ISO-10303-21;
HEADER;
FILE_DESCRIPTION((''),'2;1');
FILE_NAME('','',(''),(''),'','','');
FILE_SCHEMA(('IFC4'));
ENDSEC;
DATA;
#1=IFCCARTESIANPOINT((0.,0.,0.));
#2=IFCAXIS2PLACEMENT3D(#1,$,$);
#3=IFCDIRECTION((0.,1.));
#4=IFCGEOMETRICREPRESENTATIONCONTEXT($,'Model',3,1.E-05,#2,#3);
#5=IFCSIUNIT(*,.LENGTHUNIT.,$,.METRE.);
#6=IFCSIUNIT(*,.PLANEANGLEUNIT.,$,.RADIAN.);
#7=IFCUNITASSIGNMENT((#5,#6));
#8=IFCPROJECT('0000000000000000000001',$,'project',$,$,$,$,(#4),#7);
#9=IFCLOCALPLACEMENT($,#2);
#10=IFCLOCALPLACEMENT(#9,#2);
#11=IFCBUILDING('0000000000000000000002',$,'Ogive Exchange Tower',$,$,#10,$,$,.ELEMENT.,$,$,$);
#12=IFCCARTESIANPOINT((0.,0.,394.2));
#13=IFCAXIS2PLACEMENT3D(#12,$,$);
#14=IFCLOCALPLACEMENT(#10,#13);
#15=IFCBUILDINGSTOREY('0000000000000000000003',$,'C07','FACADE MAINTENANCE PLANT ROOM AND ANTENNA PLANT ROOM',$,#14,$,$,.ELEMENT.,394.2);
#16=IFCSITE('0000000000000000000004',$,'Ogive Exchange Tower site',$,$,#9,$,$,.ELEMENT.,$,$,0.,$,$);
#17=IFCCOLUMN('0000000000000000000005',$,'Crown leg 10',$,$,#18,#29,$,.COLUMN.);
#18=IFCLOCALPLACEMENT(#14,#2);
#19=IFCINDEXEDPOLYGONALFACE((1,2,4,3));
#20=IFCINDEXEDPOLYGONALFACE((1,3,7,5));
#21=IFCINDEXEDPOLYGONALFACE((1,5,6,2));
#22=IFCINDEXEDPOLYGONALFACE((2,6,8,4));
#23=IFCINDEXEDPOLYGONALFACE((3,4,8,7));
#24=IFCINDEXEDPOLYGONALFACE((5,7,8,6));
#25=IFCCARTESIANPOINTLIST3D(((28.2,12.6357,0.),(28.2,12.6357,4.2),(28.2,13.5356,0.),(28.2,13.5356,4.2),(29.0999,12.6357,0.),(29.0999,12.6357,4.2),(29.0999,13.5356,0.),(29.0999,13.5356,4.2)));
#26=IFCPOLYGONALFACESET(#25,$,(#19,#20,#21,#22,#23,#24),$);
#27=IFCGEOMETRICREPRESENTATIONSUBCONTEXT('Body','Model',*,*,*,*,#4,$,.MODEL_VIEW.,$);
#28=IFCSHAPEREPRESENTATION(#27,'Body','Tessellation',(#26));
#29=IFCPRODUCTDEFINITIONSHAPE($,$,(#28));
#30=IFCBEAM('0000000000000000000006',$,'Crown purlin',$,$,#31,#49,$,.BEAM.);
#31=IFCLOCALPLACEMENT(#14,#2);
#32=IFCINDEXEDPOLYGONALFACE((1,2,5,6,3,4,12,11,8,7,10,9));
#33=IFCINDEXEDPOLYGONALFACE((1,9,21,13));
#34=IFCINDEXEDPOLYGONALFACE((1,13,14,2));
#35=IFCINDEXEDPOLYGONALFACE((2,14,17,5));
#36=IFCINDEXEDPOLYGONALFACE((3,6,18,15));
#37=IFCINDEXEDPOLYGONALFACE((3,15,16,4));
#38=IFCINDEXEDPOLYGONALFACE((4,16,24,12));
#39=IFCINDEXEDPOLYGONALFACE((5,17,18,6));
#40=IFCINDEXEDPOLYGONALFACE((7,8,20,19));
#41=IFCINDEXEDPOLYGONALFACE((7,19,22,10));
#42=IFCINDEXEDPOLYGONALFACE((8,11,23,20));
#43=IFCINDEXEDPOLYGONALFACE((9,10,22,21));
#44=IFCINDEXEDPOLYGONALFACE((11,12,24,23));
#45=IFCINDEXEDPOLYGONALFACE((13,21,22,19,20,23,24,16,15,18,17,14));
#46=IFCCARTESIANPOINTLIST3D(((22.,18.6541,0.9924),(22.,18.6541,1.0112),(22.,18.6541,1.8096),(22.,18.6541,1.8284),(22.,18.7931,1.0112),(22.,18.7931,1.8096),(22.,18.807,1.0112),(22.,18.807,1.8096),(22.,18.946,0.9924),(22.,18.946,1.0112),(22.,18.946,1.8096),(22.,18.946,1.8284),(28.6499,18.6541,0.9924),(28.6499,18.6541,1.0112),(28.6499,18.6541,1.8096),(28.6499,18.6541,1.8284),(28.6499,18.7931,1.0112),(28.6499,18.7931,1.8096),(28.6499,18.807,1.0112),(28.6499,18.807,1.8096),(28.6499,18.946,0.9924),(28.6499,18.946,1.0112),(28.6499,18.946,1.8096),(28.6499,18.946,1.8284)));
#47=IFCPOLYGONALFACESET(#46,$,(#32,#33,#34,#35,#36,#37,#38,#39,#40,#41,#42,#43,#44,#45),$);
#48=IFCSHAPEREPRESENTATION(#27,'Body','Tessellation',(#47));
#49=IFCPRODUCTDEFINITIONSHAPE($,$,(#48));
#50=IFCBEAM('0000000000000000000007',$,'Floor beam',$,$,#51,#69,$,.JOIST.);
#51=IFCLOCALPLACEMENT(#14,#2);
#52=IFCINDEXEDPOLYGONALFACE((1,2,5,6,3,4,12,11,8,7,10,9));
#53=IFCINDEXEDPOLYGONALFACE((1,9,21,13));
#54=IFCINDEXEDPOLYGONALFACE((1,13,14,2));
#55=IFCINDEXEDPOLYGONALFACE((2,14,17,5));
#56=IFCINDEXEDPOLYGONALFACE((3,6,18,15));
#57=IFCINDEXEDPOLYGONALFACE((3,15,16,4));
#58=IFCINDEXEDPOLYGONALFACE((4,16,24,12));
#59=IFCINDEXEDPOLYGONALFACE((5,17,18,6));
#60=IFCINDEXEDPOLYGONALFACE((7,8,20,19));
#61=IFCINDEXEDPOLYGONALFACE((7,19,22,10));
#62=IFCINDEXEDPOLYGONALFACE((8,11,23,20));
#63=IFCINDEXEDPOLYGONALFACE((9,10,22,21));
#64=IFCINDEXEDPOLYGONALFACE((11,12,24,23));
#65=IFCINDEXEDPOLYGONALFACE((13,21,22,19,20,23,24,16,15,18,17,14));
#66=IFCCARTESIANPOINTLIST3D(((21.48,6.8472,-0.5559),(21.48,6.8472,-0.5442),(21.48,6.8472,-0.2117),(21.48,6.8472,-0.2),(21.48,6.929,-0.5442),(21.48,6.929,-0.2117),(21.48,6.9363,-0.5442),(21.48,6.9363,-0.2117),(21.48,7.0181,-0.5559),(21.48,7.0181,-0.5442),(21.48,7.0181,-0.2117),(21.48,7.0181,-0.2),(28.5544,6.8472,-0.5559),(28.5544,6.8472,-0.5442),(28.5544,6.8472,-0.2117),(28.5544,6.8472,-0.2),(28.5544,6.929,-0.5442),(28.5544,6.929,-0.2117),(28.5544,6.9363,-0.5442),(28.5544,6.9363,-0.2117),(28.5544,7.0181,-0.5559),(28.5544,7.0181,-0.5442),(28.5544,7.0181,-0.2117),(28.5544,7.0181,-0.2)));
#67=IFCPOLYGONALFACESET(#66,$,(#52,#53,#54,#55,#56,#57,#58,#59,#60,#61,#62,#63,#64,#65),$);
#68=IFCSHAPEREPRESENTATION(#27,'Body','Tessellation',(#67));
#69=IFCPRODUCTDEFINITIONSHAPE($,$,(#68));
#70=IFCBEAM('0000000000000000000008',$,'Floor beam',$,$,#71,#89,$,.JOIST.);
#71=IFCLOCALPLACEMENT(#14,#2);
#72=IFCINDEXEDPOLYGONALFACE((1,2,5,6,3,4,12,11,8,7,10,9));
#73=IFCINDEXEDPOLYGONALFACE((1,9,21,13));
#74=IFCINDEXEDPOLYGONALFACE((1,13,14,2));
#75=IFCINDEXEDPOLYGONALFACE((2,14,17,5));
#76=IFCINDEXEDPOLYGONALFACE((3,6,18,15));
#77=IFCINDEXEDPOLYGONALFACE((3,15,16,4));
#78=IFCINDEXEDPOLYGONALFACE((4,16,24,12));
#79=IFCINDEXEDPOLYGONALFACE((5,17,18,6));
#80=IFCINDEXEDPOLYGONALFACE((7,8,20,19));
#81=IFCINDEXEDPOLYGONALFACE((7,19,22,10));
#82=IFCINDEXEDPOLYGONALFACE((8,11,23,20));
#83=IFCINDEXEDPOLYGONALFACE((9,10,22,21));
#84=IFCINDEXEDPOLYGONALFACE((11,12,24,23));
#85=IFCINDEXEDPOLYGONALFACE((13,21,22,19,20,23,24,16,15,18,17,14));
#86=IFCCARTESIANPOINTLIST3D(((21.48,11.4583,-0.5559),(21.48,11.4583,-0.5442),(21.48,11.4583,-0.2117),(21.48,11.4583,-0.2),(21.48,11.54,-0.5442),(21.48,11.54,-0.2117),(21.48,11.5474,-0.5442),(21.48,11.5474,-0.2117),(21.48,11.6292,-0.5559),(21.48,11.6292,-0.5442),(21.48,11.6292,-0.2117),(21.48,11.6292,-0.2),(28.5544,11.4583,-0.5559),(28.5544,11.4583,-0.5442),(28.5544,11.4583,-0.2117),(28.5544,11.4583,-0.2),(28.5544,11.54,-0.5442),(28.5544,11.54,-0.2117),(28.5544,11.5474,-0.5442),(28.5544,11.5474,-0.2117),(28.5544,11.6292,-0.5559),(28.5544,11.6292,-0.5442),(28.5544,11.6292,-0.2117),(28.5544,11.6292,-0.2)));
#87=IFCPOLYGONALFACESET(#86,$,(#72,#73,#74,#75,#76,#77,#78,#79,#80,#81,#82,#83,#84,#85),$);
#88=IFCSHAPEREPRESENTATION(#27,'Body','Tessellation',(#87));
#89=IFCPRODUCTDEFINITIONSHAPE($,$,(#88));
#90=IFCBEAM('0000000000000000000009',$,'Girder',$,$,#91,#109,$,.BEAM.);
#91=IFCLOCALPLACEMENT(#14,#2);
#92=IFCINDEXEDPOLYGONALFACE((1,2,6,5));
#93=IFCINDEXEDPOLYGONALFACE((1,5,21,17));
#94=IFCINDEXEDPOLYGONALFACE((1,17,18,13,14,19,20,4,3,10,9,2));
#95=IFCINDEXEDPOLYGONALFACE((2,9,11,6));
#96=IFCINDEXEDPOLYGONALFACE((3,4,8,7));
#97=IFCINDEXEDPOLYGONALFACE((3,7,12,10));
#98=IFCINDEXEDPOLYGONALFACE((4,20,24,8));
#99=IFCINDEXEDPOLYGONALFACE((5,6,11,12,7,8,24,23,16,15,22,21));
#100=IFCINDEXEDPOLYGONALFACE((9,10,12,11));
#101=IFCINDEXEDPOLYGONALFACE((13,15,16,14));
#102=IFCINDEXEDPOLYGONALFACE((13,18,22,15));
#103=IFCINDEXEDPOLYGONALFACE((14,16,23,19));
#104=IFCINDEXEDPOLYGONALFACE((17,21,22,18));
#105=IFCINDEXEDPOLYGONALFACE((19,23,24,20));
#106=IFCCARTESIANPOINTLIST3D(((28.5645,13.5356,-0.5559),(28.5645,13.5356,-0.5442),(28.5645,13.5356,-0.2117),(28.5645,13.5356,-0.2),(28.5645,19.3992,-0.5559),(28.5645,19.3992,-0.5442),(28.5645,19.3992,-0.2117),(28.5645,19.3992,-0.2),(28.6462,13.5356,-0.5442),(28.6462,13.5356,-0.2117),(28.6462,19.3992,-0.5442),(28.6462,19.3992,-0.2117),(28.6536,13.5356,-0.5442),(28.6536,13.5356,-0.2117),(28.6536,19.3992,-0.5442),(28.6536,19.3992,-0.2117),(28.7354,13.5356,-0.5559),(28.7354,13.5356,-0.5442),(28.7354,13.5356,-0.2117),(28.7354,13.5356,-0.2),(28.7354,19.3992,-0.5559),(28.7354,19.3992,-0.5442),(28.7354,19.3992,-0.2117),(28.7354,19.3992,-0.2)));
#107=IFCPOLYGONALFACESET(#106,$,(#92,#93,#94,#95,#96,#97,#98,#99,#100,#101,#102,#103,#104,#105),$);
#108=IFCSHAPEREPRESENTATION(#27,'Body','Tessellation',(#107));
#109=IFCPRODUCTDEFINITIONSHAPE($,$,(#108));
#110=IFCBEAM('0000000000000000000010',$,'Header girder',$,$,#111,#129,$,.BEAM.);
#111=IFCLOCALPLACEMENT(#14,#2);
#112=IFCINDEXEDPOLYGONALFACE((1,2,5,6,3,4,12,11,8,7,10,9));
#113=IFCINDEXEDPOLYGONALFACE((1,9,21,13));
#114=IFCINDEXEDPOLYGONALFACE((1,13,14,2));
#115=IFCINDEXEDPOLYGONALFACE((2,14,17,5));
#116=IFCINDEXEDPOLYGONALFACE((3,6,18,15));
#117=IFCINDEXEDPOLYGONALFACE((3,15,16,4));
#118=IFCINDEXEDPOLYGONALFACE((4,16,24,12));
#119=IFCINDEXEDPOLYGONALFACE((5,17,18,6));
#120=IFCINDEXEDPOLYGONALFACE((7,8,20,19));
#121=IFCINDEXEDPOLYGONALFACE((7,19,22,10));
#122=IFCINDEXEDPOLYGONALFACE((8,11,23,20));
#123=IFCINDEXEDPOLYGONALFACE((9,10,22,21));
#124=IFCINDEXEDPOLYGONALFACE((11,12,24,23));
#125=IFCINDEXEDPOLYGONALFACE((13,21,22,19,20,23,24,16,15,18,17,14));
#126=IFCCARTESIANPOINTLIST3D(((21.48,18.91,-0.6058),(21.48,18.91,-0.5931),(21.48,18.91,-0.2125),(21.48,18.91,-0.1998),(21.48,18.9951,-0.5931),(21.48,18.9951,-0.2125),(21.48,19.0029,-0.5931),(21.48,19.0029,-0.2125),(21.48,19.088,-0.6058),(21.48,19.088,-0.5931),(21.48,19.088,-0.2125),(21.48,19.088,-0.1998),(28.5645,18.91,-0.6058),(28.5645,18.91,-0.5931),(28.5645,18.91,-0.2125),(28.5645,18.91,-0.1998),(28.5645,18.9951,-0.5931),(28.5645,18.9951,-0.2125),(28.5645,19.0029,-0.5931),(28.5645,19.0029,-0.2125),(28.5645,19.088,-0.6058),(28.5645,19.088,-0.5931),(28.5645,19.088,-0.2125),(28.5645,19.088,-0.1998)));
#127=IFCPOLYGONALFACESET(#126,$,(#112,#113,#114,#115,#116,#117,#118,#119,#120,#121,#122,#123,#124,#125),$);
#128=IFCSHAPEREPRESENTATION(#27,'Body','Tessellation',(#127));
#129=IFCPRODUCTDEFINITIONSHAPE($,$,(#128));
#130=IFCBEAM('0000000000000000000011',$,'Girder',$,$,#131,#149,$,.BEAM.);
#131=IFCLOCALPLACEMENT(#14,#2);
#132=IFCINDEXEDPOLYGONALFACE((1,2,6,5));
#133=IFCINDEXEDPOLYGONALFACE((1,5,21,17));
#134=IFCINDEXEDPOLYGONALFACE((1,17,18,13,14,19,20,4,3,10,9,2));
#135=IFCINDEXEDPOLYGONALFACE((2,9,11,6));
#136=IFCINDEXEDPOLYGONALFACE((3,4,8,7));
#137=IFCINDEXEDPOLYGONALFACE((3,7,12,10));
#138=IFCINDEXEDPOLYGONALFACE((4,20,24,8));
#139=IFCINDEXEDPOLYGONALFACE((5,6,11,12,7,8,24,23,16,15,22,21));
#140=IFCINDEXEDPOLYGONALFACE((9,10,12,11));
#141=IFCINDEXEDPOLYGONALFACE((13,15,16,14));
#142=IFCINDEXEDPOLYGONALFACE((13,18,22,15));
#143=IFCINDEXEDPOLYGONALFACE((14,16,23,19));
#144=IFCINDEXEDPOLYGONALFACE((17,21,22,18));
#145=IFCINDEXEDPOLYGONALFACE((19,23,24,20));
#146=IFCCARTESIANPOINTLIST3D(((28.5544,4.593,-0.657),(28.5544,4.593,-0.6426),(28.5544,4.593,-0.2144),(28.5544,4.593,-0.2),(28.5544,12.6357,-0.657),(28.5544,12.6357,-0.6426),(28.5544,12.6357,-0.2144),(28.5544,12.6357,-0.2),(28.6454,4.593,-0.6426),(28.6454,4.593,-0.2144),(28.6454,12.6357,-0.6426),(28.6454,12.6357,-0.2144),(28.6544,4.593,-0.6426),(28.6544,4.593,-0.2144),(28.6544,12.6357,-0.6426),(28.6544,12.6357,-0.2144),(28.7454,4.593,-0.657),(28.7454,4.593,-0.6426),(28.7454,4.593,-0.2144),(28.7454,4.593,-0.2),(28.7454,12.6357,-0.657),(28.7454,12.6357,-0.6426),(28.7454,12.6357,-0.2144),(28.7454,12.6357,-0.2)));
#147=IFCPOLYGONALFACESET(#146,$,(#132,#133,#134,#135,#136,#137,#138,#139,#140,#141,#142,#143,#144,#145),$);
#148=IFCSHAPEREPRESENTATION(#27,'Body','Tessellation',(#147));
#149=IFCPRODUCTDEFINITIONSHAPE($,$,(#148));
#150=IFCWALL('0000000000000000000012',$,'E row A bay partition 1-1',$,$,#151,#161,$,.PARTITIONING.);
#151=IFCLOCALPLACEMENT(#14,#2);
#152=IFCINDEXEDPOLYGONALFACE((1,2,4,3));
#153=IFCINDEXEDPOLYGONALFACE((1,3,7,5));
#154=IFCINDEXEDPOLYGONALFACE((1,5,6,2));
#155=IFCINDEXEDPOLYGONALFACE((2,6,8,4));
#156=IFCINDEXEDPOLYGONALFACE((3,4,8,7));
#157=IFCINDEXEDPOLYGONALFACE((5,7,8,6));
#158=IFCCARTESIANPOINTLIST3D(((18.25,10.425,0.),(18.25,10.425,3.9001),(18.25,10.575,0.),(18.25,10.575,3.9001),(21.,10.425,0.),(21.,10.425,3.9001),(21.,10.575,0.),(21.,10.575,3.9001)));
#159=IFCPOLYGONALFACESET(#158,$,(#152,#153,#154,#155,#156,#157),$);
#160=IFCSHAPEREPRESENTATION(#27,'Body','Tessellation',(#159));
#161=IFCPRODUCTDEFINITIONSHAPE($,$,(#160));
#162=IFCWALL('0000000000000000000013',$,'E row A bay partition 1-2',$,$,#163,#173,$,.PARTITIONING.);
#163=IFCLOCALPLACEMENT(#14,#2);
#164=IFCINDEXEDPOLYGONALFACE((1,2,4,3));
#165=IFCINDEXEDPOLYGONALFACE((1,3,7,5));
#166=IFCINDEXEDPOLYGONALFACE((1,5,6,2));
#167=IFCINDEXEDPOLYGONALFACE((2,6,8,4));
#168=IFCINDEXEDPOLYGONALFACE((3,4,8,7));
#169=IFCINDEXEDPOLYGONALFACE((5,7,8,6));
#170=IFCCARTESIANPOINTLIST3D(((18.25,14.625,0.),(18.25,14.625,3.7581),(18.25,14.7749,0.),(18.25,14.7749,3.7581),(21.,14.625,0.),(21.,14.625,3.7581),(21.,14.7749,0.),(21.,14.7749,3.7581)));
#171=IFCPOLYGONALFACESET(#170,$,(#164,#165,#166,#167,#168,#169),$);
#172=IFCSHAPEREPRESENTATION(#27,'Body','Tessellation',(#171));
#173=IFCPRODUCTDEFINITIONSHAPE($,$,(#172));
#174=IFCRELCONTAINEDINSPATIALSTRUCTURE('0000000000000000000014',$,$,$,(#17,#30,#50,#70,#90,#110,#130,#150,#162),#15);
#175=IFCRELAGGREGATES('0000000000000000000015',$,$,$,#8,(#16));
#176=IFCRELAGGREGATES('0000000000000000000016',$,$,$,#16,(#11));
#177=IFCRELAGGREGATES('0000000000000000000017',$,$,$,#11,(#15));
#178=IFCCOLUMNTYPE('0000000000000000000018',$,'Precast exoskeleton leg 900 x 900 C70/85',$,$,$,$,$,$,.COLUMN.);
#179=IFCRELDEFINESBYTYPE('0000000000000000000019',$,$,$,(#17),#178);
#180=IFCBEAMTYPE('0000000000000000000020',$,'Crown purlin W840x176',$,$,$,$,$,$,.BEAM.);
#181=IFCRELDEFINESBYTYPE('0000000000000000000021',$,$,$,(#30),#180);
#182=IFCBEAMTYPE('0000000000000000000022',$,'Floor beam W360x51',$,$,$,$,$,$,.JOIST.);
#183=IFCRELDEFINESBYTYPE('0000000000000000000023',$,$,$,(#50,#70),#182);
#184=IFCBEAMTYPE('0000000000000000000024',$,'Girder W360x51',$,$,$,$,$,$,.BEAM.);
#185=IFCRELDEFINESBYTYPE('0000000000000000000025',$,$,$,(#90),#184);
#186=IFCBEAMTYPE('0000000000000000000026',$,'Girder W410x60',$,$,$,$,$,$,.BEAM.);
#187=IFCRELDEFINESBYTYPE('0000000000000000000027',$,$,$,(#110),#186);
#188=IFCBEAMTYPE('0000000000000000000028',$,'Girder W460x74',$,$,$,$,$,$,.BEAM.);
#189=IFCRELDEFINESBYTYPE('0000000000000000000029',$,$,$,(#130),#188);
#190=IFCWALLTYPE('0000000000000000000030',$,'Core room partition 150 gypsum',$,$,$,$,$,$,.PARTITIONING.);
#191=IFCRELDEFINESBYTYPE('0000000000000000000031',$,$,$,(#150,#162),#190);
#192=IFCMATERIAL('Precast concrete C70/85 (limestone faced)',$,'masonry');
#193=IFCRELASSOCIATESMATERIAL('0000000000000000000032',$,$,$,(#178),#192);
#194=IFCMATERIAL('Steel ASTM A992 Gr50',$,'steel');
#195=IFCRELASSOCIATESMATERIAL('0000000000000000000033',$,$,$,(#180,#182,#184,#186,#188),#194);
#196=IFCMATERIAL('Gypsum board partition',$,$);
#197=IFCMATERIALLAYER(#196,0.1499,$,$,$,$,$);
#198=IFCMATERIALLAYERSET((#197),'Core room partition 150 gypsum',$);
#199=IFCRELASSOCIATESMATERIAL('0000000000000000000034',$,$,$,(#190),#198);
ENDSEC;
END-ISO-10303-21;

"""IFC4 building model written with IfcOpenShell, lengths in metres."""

from ifc_helpers import new_model, si_unit, direction, frame, frame_2d, origin, origin_2d, place, context, subcontext, project, spatial, polyline, rectangle, i_section, outline, extrude, material, layer, layer_set, material_profile, profile_set, type_object, element, save


model = new_model("IFC4")

# Units and contexts
model_context = context("Model", 3, precision=1e-05, world=origin(), true_north=direction((0.0, 1.0)))
body_context = subcontext(model_context, "Body", "Model", "MODEL_VIEW")
ifc_project = project(units=[si_unit("LENGTHUNIT", "METRE"), si_unit("PLANEANGLEUNIT", "RADIAN")], contexts=[model_context])

# Site, building, storey
site_placement = place(None, origin())
site = spatial("IfcSite", under=ifc_project, at=site_placement, Name="Ogive Exchange Tower site", CompositionType="ELEMENT", RefElevation=0.0)
building_placement = place(site_placement, origin())
building = spatial("IfcBuilding", under=site, at=building_placement, Name="Ogive Exchange Tower", CompositionType="ELEMENT")
storey_placement = place(building_placement, frame((0.0, 0.0, 394.2)))
storey = spatial("IfcBuildingStorey", under=building, at=storey_placement, Name="C07", Description="FACADE MAINTENANCE PLANT ROOM AND ANTENNA PLANT ROOM", CompositionType="ELEMENT", Elevation=394.2)

# Column
ifc_material_1 = material(Name="Precast concrete C70/85 (limestone faced)", Category="masonry")
ifc_material_profile_1 = material_profile(ifc_material_1, rectangle(XDim=0.8999, YDim=0.8999, at=origin_2d()), Name="900 x 900")
ifc_profile_set_1 = profile_set([ifc_material_profile_1], Name="Precast concrete C70/85 (limestone faced)")
column_type = type_object("IfcColumnType", Name="Precast exoskeleton leg 900 x 900 C70/85", PredefinedType="COLUMN", material=ifc_profile_set_1)
column_placement = place(storey_placement, frame((28.6499, 13.0857, 0.0), z_axis=(0.0, 0.0, 1.0), x_axis=(1.0, 0.0, 0.0)))
element("IfcColumn", 1, at=column_placement, inside=storey, type_object=column_type, Name="Crown leg 10", PredefinedType="COLUMN", context=body_context, shape_type="SweptSolid", body=[
    extrude(rectangle(XDim=0.8999, YDim=0.8999, at=origin_2d()), origin(), (0.0, 0.0, 1.0), 4.2),
])

# Beams
ifc_material_2 = material(Name="Steel ASTM A992 Gr50", Category="steel")
ifc_material_profile_2 = material_profile(ifc_material_2, i_section(OverallWidth=0.292, OverallDepth=0.8359, WebThickness=0.0139, FlangeThickness=0.0188, at=origin_2d()), Name="W840x176")
ifc_profile_set_2 = profile_set([ifc_material_profile_2], Name="Steel ASTM A992 Gr50")
beam_type_1 = type_object("IfcBeamType", Name="Crown purlin W840x176", PredefinedType="BEAM", material=ifc_profile_set_2)
beam_1_placement = place(storey_placement, frame((22.0, 18.8, 1.4104), z_axis=(1.0, 0.0, 0.0), x_axis=(0.0, 1.0, 0.0)))
element("IfcBeam", 2, at=beam_1_placement, inside=storey, type_object=beam_type_1, Name="Crown purlin", PredefinedType="BEAM", context=body_context, shape_type="SweptSolid", body=[
    extrude(i_section(OverallWidth=0.292, OverallDepth=0.8359, WebThickness=0.0139, FlangeThickness=0.0188, at=origin_2d()), origin(), (0.0, 0.0, 1.0), 6.6499),
])
ifc_material_profile_3 = material_profile(ifc_material_2, i_section(OverallWidth=0.1709, OverallDepth=0.356, WebThickness=0.0073, FlangeThickness=0.0117, at=origin_2d()), Name="W360x51")
ifc_profile_set_3 = profile_set([ifc_material_profile_3], Name="Steel ASTM A992 Gr50")
beam_type_2 = type_object("IfcBeamType", Name="Floor beam W360x51", PredefinedType="JOIST", material=ifc_profile_set_3)
for number, where, z_axis, x_axis, name in (
    (3, (21.48, 6.9326, -0.3779), (1.0, 0.0, 0.0), (0.0, 1.0, 0.0), "Floor beam"),
    (4, (21.48, 11.5437, -0.3779), (1.0, 0.0, 0.0), (0.0, 1.0, 0.0), "Floor beam"),
):
    element("IfcBeam", number, at=place(storey_placement, frame(where, z_axis=z_axis, x_axis=x_axis)), inside=storey, type_object=beam_type_2, Name=name, PredefinedType="JOIST", context=body_context, shape_type="SweptSolid", body=[
        extrude(i_section(OverallWidth=0.1709, OverallDepth=0.356, WebThickness=0.0073, FlangeThickness=0.0117, at=origin_2d()), origin(), (0.0, 0.0, 1.0), 7.0745),
    ])
ifc_material_profile_4 = material_profile(ifc_material_2, i_section(OverallWidth=0.1709, OverallDepth=0.356, WebThickness=0.0073, FlangeThickness=0.0117, at=origin_2d()), Name="W360x51")
ifc_profile_set_4 = profile_set([ifc_material_profile_4], Name="Steel ASTM A992 Gr50")
beam_type_3 = type_object("IfcBeamType", Name="Girder W360x51", PredefinedType="BEAM", material=ifc_profile_set_4)
beam_2_placement = place(storey_placement, frame((28.6499, 13.5356, -0.3779), z_axis=(0.0, 1.0, 0.0), x_axis=(-1.0, 0.0, 0.0)))
element("IfcBeam", 5, at=beam_2_placement, inside=storey, type_object=beam_type_3, Name="Girder", PredefinedType="BEAM", context=body_context, shape_type="SweptSolid", body=[
    extrude(i_section(OverallWidth=0.1709, OverallDepth=0.356, WebThickness=0.0073, FlangeThickness=0.0117, at=origin_2d()), origin(), (0.0, 0.0, 1.0), 5.8635),
])
ifc_material_profile_5 = material_profile(ifc_material_2, i_section(OverallWidth=0.178, OverallDepth=0.406, WebThickness=0.0078, FlangeThickness=0.0127, at=origin_2d()), Name="W410x60")
ifc_profile_set_5 = profile_set([ifc_material_profile_5], Name="Steel ASTM A992 Gr50")
beam_type_4 = type_object("IfcBeamType", Name="Girder W410x60", PredefinedType="BEAM", material=ifc_profile_set_5)
beam_3_placement = place(storey_placement, frame((21.48, 18.999, -0.4028), z_axis=(1.0, 0.0, 0.0), x_axis=(0.0, 1.0, 0.0)))
element("IfcBeam", 6, at=beam_3_placement, inside=storey, type_object=beam_type_4, Name="Header girder", PredefinedType="BEAM", context=body_context, shape_type="SweptSolid", body=[
    extrude(i_section(OverallWidth=0.178, OverallDepth=0.406, WebThickness=0.0078, FlangeThickness=0.0127, at=origin_2d()), origin(), (0.0, 0.0, 1.0), 7.0845),
])
ifc_material_profile_6 = material_profile(ifc_material_2, i_section(OverallWidth=0.1909, OverallDepth=0.457, WebThickness=0.009, FlangeThickness=0.0144, at=origin_2d()), Name="W460x74")
ifc_profile_set_6 = profile_set([ifc_material_profile_6], Name="Steel ASTM A992 Gr50")
beam_type_5 = type_object("IfcBeamType", Name="Girder W460x74", PredefinedType="BEAM", material=ifc_profile_set_6)
beam_4_placement = place(storey_placement, frame((28.6499, 4.593, -0.4285), z_axis=(0.0, 1.0, 0.0), x_axis=(-1.0, 0.0, 0.0)))
element("IfcBeam", 7, at=beam_4_placement, inside=storey, type_object=beam_type_5, Name="Girder", PredefinedType="BEAM", context=body_context, shape_type="SweptSolid", body=[
    extrude(i_section(OverallWidth=0.1909, OverallDepth=0.457, WebThickness=0.009, FlangeThickness=0.0144, at=origin_2d()), origin(), (0.0, 0.0, 1.0), 8.0427),
])

# Walls
ifc_material_3 = material(Name="Gypsum board partition")
ifc_layer_1 = layer(ifc_material_3, 0.1499)
ifc_layer_set_1 = layer_set([ifc_layer_1], Name="Core room partition 150 gypsum")
wall_type_1 = type_object("IfcWallType", Name="Core room partition 150 gypsum", PredefinedType="PARTITIONING", material=ifc_layer_set_1)
wall_1_placement = place(storey_placement, frame((18.25, 10.5, 0.0), z_axis=(0.0, 0.0, 1.0), x_axis=(1.0, 0.0, 0.0)))
element("IfcWall", 8, at=wall_1_placement, inside=storey, type_object=wall_type_1, Name="E row A bay partition 1-1", PredefinedType="PARTITIONING", context=body_context, shape_type="SweptSolid", body=[
    extrude(rectangle(XDim=2.75, YDim=0.1499, at=frame_2d((1.375, 0.0))), origin(), (0.0, 0.0, 1.0), 3.9001),
])
wall_2_placement = place(storey_placement, frame((18.25, 14.7, 0.0), z_axis=(0.0, 0.0, 1.0), x_axis=(1.0, 0.0, 0.0)))
element("IfcWall", 9, at=wall_2_placement, inside=storey, type_object=wall_type_1, Name="E row A bay partition 1-2", PredefinedType="PARTITIONING", context=body_context, shape_type="SweptSolid", body=[
    extrude(outline(polyline([(0.0, 0.0), (2.75, 0.0), (2.75, 3.7581), (0.0, 3.7581), (0.0, 0.0)])), frame((0.0, 0.075, 0.0), z_axis=(0.0, -1.0, 0.0), x_axis=(1.0, 0.0, 0.0)), (0.0, 0.0, 1.0), 0.1499),
])

save(model, "model.ifc")
